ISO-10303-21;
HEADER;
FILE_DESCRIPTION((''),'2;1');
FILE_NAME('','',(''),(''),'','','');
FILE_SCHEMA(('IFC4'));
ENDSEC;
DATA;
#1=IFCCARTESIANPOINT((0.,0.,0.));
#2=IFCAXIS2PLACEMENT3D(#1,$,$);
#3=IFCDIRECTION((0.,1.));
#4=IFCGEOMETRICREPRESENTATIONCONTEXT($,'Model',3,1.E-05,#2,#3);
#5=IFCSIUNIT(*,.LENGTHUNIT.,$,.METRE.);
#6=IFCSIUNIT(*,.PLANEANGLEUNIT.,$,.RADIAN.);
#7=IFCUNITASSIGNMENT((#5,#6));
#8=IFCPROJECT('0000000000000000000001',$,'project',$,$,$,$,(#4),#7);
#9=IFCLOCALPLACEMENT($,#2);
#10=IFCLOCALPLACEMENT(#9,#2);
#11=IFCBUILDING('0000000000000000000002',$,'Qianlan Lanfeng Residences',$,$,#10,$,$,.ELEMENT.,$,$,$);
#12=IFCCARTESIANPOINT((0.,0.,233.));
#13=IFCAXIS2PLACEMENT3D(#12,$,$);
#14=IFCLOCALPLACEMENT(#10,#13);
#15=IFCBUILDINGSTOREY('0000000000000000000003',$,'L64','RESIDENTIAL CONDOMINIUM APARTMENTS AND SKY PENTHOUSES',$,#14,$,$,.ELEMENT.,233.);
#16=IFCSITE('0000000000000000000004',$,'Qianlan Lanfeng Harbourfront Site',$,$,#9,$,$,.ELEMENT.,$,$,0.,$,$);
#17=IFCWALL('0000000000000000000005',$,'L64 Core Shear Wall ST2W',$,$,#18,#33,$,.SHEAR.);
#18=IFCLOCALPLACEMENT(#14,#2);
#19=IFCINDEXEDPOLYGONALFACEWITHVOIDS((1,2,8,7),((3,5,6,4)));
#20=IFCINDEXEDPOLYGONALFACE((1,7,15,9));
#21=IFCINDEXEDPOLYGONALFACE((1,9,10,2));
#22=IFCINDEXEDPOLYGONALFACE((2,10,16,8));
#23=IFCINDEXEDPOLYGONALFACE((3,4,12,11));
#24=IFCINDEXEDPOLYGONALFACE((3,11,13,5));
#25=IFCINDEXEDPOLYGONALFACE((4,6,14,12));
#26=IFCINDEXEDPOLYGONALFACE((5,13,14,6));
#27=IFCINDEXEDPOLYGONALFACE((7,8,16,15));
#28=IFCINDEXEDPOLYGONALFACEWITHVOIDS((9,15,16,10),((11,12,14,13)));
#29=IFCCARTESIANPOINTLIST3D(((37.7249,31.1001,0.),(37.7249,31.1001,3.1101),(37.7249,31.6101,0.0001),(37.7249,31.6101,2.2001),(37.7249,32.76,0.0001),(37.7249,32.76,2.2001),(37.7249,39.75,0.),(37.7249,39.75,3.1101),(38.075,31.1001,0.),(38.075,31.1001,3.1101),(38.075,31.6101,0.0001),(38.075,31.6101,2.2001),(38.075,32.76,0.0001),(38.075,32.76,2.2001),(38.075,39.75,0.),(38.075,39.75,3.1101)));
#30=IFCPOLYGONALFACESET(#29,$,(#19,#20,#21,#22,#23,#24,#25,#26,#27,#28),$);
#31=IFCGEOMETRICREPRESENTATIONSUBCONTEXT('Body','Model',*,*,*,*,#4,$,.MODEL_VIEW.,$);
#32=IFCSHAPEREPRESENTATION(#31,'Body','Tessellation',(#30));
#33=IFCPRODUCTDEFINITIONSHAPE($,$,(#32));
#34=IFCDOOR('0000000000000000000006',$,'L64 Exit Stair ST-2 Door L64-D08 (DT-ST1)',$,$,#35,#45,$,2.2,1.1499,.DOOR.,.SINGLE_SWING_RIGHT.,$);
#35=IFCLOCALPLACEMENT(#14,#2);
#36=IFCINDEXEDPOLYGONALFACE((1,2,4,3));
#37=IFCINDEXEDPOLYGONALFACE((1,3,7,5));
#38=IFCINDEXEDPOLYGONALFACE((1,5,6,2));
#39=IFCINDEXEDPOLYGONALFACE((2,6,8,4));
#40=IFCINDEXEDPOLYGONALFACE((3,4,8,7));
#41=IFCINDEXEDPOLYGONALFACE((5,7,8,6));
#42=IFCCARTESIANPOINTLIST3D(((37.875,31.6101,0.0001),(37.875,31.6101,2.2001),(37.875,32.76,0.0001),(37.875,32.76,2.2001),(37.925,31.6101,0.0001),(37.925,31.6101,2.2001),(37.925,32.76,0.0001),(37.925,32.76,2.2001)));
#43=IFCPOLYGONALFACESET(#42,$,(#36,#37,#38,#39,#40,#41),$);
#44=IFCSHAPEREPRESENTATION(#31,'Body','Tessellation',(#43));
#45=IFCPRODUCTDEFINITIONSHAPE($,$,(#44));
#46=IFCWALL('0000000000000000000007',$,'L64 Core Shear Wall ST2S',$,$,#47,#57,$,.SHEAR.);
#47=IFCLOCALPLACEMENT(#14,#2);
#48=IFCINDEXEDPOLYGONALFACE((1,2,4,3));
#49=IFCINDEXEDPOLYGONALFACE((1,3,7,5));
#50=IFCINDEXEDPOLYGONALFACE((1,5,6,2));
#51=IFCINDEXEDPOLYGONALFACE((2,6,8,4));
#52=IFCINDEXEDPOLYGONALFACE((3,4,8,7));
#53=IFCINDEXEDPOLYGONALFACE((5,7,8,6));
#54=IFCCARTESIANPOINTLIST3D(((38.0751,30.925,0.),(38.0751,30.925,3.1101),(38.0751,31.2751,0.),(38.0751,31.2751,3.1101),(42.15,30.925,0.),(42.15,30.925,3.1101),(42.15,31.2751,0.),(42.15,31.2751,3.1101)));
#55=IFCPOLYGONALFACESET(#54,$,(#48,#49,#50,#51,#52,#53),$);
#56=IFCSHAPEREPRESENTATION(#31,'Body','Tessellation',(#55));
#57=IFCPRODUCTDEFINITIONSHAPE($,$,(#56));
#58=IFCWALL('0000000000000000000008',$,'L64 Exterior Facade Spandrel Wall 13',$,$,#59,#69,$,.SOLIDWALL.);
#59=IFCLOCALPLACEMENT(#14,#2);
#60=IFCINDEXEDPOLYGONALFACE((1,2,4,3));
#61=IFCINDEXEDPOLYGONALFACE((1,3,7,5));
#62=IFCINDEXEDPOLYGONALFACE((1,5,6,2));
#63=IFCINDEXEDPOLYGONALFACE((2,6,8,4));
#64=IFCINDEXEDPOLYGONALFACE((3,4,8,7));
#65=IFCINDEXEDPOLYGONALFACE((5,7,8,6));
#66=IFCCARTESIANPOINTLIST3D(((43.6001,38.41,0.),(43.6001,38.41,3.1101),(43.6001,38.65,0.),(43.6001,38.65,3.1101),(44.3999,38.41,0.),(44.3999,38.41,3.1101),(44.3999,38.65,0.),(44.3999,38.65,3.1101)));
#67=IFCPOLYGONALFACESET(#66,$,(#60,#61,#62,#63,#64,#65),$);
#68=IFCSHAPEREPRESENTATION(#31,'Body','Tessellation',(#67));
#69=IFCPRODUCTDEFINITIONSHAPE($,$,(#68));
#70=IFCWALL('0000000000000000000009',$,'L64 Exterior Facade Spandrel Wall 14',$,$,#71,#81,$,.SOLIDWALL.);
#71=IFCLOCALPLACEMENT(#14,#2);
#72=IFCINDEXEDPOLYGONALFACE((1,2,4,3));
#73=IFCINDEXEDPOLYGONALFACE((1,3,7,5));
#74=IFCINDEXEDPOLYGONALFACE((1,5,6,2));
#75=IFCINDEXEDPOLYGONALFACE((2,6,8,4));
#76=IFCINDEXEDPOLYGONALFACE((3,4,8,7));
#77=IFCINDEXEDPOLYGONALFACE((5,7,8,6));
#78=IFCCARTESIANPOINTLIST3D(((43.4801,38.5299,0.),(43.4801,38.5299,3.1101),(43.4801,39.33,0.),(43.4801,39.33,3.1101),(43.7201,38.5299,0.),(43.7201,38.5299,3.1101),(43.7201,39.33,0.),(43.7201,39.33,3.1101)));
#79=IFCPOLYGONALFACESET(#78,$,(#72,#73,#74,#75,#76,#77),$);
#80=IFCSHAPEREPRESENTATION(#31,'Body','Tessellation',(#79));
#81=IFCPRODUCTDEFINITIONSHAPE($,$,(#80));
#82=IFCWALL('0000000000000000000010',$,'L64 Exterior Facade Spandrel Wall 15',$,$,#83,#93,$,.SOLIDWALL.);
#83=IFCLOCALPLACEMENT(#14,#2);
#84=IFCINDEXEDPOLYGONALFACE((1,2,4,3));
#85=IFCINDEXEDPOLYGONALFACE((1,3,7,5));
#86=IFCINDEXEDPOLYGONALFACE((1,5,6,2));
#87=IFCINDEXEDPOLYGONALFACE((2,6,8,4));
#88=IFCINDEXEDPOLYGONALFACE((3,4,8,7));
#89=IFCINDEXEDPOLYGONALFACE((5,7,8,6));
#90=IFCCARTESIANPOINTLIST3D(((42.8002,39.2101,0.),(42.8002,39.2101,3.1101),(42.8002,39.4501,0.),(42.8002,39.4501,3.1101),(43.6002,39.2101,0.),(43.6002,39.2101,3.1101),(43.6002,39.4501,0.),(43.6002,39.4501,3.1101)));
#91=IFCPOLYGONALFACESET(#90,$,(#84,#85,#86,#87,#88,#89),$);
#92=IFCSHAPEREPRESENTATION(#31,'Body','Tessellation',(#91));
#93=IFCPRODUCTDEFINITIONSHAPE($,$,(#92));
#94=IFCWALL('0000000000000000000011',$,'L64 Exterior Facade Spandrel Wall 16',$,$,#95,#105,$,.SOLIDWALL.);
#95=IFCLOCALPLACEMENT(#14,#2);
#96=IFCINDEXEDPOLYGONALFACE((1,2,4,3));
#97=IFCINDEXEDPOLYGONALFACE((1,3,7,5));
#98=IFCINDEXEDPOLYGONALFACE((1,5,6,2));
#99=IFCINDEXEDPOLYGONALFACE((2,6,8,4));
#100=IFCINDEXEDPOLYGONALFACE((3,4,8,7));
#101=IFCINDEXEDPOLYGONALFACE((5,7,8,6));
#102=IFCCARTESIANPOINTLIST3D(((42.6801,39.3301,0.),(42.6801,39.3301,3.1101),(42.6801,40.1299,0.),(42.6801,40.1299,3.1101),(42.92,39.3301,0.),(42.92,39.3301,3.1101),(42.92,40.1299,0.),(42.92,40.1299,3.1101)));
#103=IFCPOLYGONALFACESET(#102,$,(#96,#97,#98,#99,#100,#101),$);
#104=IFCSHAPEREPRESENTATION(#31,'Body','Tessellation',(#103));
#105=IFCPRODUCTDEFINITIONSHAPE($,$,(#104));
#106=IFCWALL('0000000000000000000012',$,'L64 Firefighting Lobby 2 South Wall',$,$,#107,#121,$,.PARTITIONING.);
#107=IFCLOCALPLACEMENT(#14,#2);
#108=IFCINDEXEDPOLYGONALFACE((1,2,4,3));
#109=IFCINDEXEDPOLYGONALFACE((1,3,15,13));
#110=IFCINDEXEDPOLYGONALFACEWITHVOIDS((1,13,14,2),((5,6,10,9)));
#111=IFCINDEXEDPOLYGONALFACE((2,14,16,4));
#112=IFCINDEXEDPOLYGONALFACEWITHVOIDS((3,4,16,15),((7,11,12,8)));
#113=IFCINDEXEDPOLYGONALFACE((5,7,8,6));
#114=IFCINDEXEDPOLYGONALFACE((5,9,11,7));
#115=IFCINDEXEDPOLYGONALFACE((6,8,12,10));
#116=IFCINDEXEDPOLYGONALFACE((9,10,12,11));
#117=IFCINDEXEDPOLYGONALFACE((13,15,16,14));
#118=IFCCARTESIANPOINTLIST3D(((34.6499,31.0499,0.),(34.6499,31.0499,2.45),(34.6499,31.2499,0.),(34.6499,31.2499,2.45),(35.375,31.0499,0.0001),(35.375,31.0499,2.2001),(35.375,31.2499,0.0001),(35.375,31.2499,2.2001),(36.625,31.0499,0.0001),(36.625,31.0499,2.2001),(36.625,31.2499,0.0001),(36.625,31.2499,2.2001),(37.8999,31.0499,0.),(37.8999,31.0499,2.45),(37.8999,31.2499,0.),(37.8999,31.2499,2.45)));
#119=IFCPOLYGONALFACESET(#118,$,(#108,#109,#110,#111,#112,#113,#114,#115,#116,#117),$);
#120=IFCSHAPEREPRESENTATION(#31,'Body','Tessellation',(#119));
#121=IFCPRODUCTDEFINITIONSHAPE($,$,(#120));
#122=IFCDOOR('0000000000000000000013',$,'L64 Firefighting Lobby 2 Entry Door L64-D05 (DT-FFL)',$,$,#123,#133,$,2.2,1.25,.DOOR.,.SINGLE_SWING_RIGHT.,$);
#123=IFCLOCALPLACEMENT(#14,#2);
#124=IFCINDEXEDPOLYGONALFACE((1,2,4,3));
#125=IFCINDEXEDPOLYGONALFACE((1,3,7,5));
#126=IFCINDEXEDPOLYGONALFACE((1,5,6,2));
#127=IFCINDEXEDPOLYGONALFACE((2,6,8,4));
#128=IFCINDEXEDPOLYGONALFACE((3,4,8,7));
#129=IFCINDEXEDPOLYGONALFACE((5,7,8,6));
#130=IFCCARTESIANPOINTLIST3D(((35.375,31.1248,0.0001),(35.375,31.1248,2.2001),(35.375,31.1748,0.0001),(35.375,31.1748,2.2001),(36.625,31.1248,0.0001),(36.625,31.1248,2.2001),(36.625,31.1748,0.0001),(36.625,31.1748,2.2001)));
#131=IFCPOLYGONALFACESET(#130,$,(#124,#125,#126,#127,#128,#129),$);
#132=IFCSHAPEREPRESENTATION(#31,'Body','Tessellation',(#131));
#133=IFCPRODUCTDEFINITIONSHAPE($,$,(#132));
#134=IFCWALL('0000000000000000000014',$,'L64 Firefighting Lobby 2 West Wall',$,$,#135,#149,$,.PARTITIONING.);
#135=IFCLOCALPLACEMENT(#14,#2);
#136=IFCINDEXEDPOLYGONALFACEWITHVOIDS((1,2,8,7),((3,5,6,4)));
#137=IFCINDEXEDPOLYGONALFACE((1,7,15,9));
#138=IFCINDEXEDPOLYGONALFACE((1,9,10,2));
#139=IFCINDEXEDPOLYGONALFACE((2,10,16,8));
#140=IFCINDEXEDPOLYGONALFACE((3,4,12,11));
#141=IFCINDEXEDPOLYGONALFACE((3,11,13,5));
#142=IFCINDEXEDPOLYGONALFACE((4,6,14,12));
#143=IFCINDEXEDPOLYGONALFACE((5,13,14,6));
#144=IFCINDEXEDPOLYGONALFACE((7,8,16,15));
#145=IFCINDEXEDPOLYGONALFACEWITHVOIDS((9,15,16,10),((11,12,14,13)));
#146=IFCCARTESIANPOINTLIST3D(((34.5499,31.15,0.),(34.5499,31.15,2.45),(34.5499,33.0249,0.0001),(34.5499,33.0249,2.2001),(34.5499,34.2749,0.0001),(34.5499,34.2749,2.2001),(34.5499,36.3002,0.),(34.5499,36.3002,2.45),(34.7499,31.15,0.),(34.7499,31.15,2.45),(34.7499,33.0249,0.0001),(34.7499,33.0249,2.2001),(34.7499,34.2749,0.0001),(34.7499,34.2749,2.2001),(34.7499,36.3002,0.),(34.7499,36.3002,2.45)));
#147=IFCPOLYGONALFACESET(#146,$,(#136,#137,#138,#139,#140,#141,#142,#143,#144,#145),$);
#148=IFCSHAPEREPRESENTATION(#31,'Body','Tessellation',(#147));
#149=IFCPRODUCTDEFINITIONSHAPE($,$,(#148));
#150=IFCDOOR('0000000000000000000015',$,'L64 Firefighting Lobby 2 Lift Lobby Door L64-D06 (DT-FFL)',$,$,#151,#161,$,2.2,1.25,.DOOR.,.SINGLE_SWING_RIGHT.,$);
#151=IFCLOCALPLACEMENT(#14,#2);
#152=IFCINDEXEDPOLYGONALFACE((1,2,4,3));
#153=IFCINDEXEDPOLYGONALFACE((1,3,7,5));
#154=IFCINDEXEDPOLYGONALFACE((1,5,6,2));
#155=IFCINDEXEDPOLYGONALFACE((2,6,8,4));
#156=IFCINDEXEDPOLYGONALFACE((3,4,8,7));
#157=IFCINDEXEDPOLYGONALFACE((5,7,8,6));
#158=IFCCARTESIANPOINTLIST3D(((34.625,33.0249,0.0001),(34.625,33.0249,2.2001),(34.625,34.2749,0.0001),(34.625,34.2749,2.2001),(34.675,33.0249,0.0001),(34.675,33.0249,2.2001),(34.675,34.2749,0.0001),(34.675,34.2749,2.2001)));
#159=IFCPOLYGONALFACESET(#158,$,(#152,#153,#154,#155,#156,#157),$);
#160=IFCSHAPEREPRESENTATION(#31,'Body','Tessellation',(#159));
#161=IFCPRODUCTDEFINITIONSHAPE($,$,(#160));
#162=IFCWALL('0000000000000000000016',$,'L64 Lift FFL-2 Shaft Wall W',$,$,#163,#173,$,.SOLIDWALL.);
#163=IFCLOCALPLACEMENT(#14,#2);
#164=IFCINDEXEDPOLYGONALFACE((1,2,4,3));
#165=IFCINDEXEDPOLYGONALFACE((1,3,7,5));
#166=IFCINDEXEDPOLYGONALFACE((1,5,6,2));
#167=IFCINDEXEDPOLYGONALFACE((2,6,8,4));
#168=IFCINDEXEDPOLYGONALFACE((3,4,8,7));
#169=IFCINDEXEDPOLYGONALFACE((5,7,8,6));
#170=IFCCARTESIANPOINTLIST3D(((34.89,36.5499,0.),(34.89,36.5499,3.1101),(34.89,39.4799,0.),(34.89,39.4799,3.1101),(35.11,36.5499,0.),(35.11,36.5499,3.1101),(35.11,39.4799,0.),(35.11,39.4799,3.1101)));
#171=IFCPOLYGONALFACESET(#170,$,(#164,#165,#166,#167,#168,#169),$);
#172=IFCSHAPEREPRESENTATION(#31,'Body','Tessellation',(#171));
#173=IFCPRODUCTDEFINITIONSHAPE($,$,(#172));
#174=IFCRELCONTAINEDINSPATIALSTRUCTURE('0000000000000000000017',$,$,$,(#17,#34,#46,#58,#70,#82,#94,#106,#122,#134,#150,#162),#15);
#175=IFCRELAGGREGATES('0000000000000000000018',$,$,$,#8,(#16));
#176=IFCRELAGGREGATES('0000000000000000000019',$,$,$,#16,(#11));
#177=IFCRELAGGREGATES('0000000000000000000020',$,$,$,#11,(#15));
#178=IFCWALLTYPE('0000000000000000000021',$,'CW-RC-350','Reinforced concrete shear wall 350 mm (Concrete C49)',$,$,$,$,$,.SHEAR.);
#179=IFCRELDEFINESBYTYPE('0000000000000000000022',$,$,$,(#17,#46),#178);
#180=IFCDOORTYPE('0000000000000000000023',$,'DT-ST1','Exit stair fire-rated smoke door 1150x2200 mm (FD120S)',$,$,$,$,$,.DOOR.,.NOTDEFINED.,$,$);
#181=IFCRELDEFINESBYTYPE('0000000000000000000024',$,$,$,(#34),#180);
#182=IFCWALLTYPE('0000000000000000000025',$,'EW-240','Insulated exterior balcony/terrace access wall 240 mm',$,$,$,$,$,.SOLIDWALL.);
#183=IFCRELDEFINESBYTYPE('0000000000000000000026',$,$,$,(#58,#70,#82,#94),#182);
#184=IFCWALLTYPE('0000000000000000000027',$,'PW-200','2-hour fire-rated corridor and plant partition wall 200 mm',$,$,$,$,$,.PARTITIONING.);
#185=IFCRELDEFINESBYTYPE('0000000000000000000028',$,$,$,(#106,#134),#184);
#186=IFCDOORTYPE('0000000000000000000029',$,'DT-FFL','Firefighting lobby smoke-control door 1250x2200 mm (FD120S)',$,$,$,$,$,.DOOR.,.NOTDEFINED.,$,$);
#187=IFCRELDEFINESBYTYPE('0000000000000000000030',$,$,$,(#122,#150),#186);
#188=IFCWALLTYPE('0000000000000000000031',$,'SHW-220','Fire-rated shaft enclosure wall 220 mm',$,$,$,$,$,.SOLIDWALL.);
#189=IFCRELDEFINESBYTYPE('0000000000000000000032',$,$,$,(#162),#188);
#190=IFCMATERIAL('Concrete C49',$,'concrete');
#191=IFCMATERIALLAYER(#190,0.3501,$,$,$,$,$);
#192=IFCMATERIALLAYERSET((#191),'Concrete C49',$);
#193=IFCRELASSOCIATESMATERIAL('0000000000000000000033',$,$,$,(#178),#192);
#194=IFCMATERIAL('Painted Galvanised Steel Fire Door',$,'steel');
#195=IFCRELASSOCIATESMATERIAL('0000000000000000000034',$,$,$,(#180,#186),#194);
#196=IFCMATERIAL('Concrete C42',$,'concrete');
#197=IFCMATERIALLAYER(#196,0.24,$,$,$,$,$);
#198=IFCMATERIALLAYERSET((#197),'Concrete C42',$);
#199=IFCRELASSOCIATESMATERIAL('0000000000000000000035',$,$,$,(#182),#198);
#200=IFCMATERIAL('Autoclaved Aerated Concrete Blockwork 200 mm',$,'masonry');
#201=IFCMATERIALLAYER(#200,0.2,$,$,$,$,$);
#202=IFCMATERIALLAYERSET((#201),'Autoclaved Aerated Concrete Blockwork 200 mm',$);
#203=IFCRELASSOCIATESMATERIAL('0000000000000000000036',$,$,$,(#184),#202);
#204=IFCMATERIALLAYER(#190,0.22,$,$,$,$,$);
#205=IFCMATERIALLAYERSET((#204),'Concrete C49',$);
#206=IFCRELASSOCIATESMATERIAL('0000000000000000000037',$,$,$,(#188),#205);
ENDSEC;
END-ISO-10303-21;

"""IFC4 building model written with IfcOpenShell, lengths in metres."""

from ifc_helpers import new_model, si_unit, direction, frame, frame_2d, origin, place, context, subcontext, project, spatial, rectangle, extrude, material, layer, layer_set, type_object, element, fill, save


model = new_model("IFC4")

# Units and contexts
model_context = context("Model", 3, precision=1e-05, world=origin(), true_north=direction((0.0, 1.0)))
body_context = subcontext(model_context, "Body", "Model", "MODEL_VIEW")
ifc_project = project(units=[si_unit("LENGTHUNIT", "METRE"), si_unit("PLANEANGLEUNIT", "RADIAN")], contexts=[model_context])

# Site, building, storey
site_placement = place(None, origin())
site = spatial("IfcSite", under=ifc_project, at=site_placement, Name="Qianlan Lanfeng Harbourfront Site", CompositionType="ELEMENT", RefElevation=0.0)
building_placement = place(site_placement, origin())
building = spatial("IfcBuilding", under=site, at=building_placement, Name="Qianlan Lanfeng Residences", CompositionType="ELEMENT")
storey_placement = place(building_placement, frame((0.0, 0.0, 233.0)))
storey = spatial("IfcBuildingStorey", under=building, at=storey_placement, Name="L64", Description="RESIDENTIAL CONDOMINIUM APARTMENTS AND SKY PENTHOUSES", CompositionType="ELEMENT", Elevation=233.0)

# Wall, opening, door
ifc_material_1 = material(Name="Concrete C49", Category="concrete")
ifc_layer_1 = layer(ifc_material_1, 0.3501)
ifc_layer_set_1 = layer_set([ifc_layer_1], Name="Concrete C49")
wall_type_1 = type_object("IfcWallType", Name="CW-RC-350", Description="Reinforced concrete shear wall 350 mm (Concrete C49)", PredefinedType="SHEAR", material=ifc_layer_set_1)
wall_1_placement = place(storey_placement, frame((37.8999, 31.1001, 0.0), z_axis=(0.0, 0.0, 1.0), x_axis=(0.0, 1.0, 0.0)))
wall_1 = element("IfcWall", 1, at=wall_1_placement, inside=storey, type_object=wall_type_1, Name="L64 Core Shear Wall ST2W", PredefinedType="SHEAR", context=body_context, shape_type="SweptSolid", body=[
    extrude(rectangle(XDim=8.6499, YDim=0.3501, at=frame_2d((4.325, 0.0))), origin(), (0.0, 0.0, 1.0), 3.1101),
])
opening_1_placement = place(wall_1_placement, frame((0.51, 0.0, 0.0)))
opening_1 = element("IfcOpeningElement", 2, at=opening_1_placement, cuts=wall_1, PredefinedType="OPENING", context=body_context, shape_type="SweptSolid", body=[
    extrude(rectangle(XDim=1.1499, YDim=2.2, at=frame_2d((0.575, 1.1001))), frame((0.0, 0.1851, 0.0), z_axis=(0.0, -1.0, 0.0), x_axis=(1.0, 0.0, 0.0)), (0.0, 0.0, 1.0), 0.3701),
])
ifc_material_2 = material(Name="Painted Galvanised Steel Fire Door", Category="steel")
door_type_1 = type_object("IfcDoorType", Name="DT-ST1", Description="Exit stair fire-rated smoke door 1150x2200 mm (FD120S)", OperationType="NOTDEFINED", PredefinedType="DOOR", material=ifc_material_2)
door_1_placement = place(opening_1_placement, origin())
door_1 = element("IfcDoor", 3, at=door_1_placement, inside=storey, type_object=door_type_1, Name="L64 Exit Stair ST-2 Door L64-D08 (DT-ST1)", OperationType="SINGLE_SWING_RIGHT", OverallHeight=2.2, OverallWidth=1.1499, PredefinedType="DOOR", context=body_context, shape_type="SweptSolid", body=[
    extrude(rectangle(XDim=1.1499, YDim=2.2, at=frame_2d((0.575, 1.1001))), frame((0.0, 0.0249, 0.0), z_axis=(0.0, -1.0, 0.0), x_axis=(1.0, 0.0, 0.0)), (0.0, 0.0, 1.0), 0.05),
])
fill(opening_1, door_1)

# Walls
wall_2_placement = place(storey_placement, frame((38.075, 31.1001, 0.0), z_axis=(0.0, 0.0, 1.0), x_axis=(1.0, 0.0, 0.0)))
element("IfcWall", 4, at=wall_2_placement, inside=storey, type_object=wall_type_1, Name="L64 Core Shear Wall ST2S", PredefinedType="SHEAR", context=body_context, shape_type="SweptSolid", body=[
    extrude(rectangle(XDim=4.075, YDim=0.3501, at=frame_2d((2.0376, 0.0))), origin(), (0.0, 0.0, 1.0), 3.1101),
])
ifc_material_3 = material(Name="Concrete C42", Category="concrete")
ifc_layer_2 = layer(ifc_material_3, 0.24)
ifc_layer_set_2 = layer_set([ifc_layer_2], Name="Concrete C42")
wall_type_2 = type_object("IfcWallType", Name="EW-240", Description="Insulated exterior balcony/terrace access wall 240 mm", PredefinedType="SOLIDWALL", material=ifc_layer_set_2)
wall_3_placement = place(storey_placement, frame((44.3999, 38.53, 0.0), z_axis=(0.0, 0.0, 1.0), x_axis=(-1.0, 0.0, 0.0)))
element("IfcWall", 5, at=wall_3_placement, inside=storey, type_object=wall_type_2, Name="L64 Exterior Facade Spandrel Wall 13", PredefinedType="SOLIDWALL", context=body_context, shape_type="SweptSolid", body=[
    extrude(rectangle(XDim=0.7998, YDim=0.24, at=frame_2d((0.3999, 0.0))), origin(), (0.0, 0.0, 1.0), 3.1101),
])
for number, where, z_axis, x_axis, name in (
    (6, (43.6001, 38.53, 0.0), (0.0, 0.0, 1.0), (0.0, 1.0, 0.0), "L64 Exterior Facade Spandrel Wall 14"),
    (7, (43.6001, 39.3301, 0.0), (0.0, 0.0, 1.0), (-1.0, 0.0, 0.0), "L64 Exterior Facade Spandrel Wall 15"),
):
    element("IfcWall", number, at=place(storey_placement, frame(where, z_axis=z_axis, x_axis=x_axis)), inside=storey, type_object=wall_type_2, Name=name, PredefinedType="SOLIDWALL", context=body_context, shape_type="SweptSolid", body=[
        extrude(rectangle(XDim=0.8, YDim=0.24, at=frame_2d((0.3999, 0.0))), origin(), (0.0, 0.0, 1.0), 3.1101),
    ])
wall_4_placement = place(storey_placement, frame((42.8, 39.3301, 0.0), z_axis=(0.0, 0.0, 1.0), x_axis=(0.0, 1.0, 0.0)))
element("IfcWall", 8, at=wall_4_placement, inside=storey, type_object=wall_type_2, Name="L64 Exterior Facade Spandrel Wall 16", PredefinedType="SOLIDWALL", context=body_context, shape_type="SweptSolid", body=[
    extrude(rectangle(XDim=0.7998, YDim=0.24, at=frame_2d((0.3999, 0.0))), origin(), (0.0, 0.0, 1.0), 3.1101),
])

# Walls, openings, doors
ifc_material_4 = material(Name="Autoclaved Aerated Concrete Blockwork 200 mm", Category="masonry")
ifc_layer_3 = layer(ifc_material_4, 0.2)
ifc_layer_set_3 = layer_set([ifc_layer_3], Name="Autoclaved Aerated Concrete Blockwork 200 mm")
wall_type_3 = type_object("IfcWallType", Name="PW-200", Description="2-hour fire-rated corridor and plant partition wall 200 mm", PredefinedType="PARTITIONING", material=ifc_layer_set_3)
wall_5_placement = place(storey_placement, frame((34.6499, 31.1499, 0.0), z_axis=(0.0, 0.0, 1.0), x_axis=(1.0, 0.0, 0.0)))
wall_5 = element("IfcWall", 9, at=wall_5_placement, inside=storey, type_object=wall_type_3, Name="L64 Firefighting Lobby 2 South Wall", PredefinedType="PARTITIONING", context=body_context, shape_type="SweptSolid", body=[
    extrude(rectangle(XDim=3.25, YDim=0.2, at=frame_2d((1.625, 0.0))), origin(), (0.0, 0.0, 1.0), 2.45),
])
opening_2_placement = place(wall_5_placement, frame((0.7251, 0.0, 0.0)))
opening_2 = element("IfcOpeningElement", 10, at=opening_2_placement, cuts=wall_5, PredefinedType="OPENING", context=body_context, shape_type="SweptSolid", body=[
    extrude(rectangle(XDim=1.25, YDim=2.2, at=frame_2d((0.625, 1.1001))), frame((0.0, 0.1099, 0.0), z_axis=(0.0, -1.0, 0.0), x_axis=(1.0, 0.0, 0.0)), (0.0, 0.0, 1.0), 0.22),
])
door_type_2 = type_object("IfcDoorType", Name="DT-FFL", Description="Firefighting lobby smoke-control door 1250x2200 mm (FD120S)", OperationType="NOTDEFINED", PredefinedType="DOOR", material=ifc_material_2)
door_2_placement = place(opening_2_placement, origin())
door_2 = element("IfcDoor", 11, at=door_2_placement, inside=storey, type_object=door_type_2, Name="L64 Firefighting Lobby 2 Entry Door L64-D05 (DT-FFL)", OperationType="SINGLE_SWING_RIGHT", OverallHeight=2.2, OverallWidth=1.25, PredefinedType="DOOR", context=body_context, shape_type="SweptSolid", body=[
    extrude(rectangle(XDim=1.25, YDim=2.2, at=frame_2d((0.625, 1.1001))), frame((0.0, 0.0249, 0.0), z_axis=(0.0, -1.0, 0.0), x_axis=(1.0, 0.0, 0.0)), (0.0, 0.0, 1.0), 0.05),
])
fill(opening_2, door_2)
wall_6_placement = place(storey_placement, frame((34.6499, 31.1499, 0.0), z_axis=(0.0, 0.0, 1.0), x_axis=(0.0, 1.0, 0.0)))
wall_6 = element("IfcWall", 12, at=wall_6_placement, inside=storey, type_object=wall_type_3, Name="L64 Firefighting Lobby 2 West Wall", PredefinedType="PARTITIONING", context=body_context, shape_type="SweptSolid", body=[
    extrude(rectangle(XDim=5.1501, YDim=0.2, at=frame_2d((2.5752, 0.0))), origin(), (0.0, 0.0, 1.0), 2.45),
])
opening_3_placement = place(wall_6_placement, frame((1.875, 0.0, 0.0)))
opening_3 = element("IfcOpeningElement", 13, at=opening_3_placement, cuts=wall_6, PredefinedType="OPENING", context=body_context, shape_type="SweptSolid", body=[
    extrude(rectangle(XDim=1.25, YDim=2.2, at=frame_2d((0.625, 1.1001))), frame((0.0, 0.1099, 0.0), z_axis=(0.0, -1.0, 0.0), x_axis=(1.0, 0.0, 0.0)), (0.0, 0.0, 1.0), 0.22),
])
door_3_placement = place(opening_3_placement, origin())
door_3 = element("IfcDoor", 14, at=door_3_placement, inside=storey, type_object=door_type_2, Name="L64 Firefighting Lobby 2 Lift Lobby Door L64-D06 (DT-FFL)", OperationType="SINGLE_SWING_RIGHT", OverallHeight=2.2, OverallWidth=1.25, PredefinedType="DOOR", context=body_context, shape_type="SweptSolid", body=[
    extrude(rectangle(XDim=1.25, YDim=2.2, at=frame_2d((0.625, 1.1001))), frame((0.0, 0.0249, 0.0), z_axis=(0.0, -1.0, 0.0), x_axis=(1.0, 0.0, 0.0)), (0.0, 0.0, 1.0), 0.05),
])
fill(opening_3, door_3)

# Wall
ifc_layer_4 = layer(ifc_material_1, 0.22)
ifc_layer_set_4 = layer_set([ifc_layer_4], Name="Concrete C49")
wall_type_4 = type_object("IfcWallType", Name="SHW-220", Description="Fire-rated shaft enclosure wall 220 mm", PredefinedType="SOLIDWALL", material=ifc_layer_set_4)
for number, where, z_axis, x_axis, name in (
    (15, (35.0, 36.55, 0.0), (0.0, 0.0, 1.0), (0.0, 1.0, 0.0), "L64 Lift FFL-2 Shaft Wall W"),
):
    element("IfcWall", number, at=place(storey_placement, frame(where, z_axis=z_axis, x_axis=x_axis)), inside=storey, type_object=wall_type_4, Name=name, PredefinedType="SOLIDWALL", context=body_context, shape_type="SweptSolid", body=[
        extrude(rectangle(XDim=2.9299, YDim=0.22, at=frame_2d((1.4648, 0.0))), origin(), (0.0, 0.0, 1.0), 3.1101),
    ])

save(model, "model.ifc")
